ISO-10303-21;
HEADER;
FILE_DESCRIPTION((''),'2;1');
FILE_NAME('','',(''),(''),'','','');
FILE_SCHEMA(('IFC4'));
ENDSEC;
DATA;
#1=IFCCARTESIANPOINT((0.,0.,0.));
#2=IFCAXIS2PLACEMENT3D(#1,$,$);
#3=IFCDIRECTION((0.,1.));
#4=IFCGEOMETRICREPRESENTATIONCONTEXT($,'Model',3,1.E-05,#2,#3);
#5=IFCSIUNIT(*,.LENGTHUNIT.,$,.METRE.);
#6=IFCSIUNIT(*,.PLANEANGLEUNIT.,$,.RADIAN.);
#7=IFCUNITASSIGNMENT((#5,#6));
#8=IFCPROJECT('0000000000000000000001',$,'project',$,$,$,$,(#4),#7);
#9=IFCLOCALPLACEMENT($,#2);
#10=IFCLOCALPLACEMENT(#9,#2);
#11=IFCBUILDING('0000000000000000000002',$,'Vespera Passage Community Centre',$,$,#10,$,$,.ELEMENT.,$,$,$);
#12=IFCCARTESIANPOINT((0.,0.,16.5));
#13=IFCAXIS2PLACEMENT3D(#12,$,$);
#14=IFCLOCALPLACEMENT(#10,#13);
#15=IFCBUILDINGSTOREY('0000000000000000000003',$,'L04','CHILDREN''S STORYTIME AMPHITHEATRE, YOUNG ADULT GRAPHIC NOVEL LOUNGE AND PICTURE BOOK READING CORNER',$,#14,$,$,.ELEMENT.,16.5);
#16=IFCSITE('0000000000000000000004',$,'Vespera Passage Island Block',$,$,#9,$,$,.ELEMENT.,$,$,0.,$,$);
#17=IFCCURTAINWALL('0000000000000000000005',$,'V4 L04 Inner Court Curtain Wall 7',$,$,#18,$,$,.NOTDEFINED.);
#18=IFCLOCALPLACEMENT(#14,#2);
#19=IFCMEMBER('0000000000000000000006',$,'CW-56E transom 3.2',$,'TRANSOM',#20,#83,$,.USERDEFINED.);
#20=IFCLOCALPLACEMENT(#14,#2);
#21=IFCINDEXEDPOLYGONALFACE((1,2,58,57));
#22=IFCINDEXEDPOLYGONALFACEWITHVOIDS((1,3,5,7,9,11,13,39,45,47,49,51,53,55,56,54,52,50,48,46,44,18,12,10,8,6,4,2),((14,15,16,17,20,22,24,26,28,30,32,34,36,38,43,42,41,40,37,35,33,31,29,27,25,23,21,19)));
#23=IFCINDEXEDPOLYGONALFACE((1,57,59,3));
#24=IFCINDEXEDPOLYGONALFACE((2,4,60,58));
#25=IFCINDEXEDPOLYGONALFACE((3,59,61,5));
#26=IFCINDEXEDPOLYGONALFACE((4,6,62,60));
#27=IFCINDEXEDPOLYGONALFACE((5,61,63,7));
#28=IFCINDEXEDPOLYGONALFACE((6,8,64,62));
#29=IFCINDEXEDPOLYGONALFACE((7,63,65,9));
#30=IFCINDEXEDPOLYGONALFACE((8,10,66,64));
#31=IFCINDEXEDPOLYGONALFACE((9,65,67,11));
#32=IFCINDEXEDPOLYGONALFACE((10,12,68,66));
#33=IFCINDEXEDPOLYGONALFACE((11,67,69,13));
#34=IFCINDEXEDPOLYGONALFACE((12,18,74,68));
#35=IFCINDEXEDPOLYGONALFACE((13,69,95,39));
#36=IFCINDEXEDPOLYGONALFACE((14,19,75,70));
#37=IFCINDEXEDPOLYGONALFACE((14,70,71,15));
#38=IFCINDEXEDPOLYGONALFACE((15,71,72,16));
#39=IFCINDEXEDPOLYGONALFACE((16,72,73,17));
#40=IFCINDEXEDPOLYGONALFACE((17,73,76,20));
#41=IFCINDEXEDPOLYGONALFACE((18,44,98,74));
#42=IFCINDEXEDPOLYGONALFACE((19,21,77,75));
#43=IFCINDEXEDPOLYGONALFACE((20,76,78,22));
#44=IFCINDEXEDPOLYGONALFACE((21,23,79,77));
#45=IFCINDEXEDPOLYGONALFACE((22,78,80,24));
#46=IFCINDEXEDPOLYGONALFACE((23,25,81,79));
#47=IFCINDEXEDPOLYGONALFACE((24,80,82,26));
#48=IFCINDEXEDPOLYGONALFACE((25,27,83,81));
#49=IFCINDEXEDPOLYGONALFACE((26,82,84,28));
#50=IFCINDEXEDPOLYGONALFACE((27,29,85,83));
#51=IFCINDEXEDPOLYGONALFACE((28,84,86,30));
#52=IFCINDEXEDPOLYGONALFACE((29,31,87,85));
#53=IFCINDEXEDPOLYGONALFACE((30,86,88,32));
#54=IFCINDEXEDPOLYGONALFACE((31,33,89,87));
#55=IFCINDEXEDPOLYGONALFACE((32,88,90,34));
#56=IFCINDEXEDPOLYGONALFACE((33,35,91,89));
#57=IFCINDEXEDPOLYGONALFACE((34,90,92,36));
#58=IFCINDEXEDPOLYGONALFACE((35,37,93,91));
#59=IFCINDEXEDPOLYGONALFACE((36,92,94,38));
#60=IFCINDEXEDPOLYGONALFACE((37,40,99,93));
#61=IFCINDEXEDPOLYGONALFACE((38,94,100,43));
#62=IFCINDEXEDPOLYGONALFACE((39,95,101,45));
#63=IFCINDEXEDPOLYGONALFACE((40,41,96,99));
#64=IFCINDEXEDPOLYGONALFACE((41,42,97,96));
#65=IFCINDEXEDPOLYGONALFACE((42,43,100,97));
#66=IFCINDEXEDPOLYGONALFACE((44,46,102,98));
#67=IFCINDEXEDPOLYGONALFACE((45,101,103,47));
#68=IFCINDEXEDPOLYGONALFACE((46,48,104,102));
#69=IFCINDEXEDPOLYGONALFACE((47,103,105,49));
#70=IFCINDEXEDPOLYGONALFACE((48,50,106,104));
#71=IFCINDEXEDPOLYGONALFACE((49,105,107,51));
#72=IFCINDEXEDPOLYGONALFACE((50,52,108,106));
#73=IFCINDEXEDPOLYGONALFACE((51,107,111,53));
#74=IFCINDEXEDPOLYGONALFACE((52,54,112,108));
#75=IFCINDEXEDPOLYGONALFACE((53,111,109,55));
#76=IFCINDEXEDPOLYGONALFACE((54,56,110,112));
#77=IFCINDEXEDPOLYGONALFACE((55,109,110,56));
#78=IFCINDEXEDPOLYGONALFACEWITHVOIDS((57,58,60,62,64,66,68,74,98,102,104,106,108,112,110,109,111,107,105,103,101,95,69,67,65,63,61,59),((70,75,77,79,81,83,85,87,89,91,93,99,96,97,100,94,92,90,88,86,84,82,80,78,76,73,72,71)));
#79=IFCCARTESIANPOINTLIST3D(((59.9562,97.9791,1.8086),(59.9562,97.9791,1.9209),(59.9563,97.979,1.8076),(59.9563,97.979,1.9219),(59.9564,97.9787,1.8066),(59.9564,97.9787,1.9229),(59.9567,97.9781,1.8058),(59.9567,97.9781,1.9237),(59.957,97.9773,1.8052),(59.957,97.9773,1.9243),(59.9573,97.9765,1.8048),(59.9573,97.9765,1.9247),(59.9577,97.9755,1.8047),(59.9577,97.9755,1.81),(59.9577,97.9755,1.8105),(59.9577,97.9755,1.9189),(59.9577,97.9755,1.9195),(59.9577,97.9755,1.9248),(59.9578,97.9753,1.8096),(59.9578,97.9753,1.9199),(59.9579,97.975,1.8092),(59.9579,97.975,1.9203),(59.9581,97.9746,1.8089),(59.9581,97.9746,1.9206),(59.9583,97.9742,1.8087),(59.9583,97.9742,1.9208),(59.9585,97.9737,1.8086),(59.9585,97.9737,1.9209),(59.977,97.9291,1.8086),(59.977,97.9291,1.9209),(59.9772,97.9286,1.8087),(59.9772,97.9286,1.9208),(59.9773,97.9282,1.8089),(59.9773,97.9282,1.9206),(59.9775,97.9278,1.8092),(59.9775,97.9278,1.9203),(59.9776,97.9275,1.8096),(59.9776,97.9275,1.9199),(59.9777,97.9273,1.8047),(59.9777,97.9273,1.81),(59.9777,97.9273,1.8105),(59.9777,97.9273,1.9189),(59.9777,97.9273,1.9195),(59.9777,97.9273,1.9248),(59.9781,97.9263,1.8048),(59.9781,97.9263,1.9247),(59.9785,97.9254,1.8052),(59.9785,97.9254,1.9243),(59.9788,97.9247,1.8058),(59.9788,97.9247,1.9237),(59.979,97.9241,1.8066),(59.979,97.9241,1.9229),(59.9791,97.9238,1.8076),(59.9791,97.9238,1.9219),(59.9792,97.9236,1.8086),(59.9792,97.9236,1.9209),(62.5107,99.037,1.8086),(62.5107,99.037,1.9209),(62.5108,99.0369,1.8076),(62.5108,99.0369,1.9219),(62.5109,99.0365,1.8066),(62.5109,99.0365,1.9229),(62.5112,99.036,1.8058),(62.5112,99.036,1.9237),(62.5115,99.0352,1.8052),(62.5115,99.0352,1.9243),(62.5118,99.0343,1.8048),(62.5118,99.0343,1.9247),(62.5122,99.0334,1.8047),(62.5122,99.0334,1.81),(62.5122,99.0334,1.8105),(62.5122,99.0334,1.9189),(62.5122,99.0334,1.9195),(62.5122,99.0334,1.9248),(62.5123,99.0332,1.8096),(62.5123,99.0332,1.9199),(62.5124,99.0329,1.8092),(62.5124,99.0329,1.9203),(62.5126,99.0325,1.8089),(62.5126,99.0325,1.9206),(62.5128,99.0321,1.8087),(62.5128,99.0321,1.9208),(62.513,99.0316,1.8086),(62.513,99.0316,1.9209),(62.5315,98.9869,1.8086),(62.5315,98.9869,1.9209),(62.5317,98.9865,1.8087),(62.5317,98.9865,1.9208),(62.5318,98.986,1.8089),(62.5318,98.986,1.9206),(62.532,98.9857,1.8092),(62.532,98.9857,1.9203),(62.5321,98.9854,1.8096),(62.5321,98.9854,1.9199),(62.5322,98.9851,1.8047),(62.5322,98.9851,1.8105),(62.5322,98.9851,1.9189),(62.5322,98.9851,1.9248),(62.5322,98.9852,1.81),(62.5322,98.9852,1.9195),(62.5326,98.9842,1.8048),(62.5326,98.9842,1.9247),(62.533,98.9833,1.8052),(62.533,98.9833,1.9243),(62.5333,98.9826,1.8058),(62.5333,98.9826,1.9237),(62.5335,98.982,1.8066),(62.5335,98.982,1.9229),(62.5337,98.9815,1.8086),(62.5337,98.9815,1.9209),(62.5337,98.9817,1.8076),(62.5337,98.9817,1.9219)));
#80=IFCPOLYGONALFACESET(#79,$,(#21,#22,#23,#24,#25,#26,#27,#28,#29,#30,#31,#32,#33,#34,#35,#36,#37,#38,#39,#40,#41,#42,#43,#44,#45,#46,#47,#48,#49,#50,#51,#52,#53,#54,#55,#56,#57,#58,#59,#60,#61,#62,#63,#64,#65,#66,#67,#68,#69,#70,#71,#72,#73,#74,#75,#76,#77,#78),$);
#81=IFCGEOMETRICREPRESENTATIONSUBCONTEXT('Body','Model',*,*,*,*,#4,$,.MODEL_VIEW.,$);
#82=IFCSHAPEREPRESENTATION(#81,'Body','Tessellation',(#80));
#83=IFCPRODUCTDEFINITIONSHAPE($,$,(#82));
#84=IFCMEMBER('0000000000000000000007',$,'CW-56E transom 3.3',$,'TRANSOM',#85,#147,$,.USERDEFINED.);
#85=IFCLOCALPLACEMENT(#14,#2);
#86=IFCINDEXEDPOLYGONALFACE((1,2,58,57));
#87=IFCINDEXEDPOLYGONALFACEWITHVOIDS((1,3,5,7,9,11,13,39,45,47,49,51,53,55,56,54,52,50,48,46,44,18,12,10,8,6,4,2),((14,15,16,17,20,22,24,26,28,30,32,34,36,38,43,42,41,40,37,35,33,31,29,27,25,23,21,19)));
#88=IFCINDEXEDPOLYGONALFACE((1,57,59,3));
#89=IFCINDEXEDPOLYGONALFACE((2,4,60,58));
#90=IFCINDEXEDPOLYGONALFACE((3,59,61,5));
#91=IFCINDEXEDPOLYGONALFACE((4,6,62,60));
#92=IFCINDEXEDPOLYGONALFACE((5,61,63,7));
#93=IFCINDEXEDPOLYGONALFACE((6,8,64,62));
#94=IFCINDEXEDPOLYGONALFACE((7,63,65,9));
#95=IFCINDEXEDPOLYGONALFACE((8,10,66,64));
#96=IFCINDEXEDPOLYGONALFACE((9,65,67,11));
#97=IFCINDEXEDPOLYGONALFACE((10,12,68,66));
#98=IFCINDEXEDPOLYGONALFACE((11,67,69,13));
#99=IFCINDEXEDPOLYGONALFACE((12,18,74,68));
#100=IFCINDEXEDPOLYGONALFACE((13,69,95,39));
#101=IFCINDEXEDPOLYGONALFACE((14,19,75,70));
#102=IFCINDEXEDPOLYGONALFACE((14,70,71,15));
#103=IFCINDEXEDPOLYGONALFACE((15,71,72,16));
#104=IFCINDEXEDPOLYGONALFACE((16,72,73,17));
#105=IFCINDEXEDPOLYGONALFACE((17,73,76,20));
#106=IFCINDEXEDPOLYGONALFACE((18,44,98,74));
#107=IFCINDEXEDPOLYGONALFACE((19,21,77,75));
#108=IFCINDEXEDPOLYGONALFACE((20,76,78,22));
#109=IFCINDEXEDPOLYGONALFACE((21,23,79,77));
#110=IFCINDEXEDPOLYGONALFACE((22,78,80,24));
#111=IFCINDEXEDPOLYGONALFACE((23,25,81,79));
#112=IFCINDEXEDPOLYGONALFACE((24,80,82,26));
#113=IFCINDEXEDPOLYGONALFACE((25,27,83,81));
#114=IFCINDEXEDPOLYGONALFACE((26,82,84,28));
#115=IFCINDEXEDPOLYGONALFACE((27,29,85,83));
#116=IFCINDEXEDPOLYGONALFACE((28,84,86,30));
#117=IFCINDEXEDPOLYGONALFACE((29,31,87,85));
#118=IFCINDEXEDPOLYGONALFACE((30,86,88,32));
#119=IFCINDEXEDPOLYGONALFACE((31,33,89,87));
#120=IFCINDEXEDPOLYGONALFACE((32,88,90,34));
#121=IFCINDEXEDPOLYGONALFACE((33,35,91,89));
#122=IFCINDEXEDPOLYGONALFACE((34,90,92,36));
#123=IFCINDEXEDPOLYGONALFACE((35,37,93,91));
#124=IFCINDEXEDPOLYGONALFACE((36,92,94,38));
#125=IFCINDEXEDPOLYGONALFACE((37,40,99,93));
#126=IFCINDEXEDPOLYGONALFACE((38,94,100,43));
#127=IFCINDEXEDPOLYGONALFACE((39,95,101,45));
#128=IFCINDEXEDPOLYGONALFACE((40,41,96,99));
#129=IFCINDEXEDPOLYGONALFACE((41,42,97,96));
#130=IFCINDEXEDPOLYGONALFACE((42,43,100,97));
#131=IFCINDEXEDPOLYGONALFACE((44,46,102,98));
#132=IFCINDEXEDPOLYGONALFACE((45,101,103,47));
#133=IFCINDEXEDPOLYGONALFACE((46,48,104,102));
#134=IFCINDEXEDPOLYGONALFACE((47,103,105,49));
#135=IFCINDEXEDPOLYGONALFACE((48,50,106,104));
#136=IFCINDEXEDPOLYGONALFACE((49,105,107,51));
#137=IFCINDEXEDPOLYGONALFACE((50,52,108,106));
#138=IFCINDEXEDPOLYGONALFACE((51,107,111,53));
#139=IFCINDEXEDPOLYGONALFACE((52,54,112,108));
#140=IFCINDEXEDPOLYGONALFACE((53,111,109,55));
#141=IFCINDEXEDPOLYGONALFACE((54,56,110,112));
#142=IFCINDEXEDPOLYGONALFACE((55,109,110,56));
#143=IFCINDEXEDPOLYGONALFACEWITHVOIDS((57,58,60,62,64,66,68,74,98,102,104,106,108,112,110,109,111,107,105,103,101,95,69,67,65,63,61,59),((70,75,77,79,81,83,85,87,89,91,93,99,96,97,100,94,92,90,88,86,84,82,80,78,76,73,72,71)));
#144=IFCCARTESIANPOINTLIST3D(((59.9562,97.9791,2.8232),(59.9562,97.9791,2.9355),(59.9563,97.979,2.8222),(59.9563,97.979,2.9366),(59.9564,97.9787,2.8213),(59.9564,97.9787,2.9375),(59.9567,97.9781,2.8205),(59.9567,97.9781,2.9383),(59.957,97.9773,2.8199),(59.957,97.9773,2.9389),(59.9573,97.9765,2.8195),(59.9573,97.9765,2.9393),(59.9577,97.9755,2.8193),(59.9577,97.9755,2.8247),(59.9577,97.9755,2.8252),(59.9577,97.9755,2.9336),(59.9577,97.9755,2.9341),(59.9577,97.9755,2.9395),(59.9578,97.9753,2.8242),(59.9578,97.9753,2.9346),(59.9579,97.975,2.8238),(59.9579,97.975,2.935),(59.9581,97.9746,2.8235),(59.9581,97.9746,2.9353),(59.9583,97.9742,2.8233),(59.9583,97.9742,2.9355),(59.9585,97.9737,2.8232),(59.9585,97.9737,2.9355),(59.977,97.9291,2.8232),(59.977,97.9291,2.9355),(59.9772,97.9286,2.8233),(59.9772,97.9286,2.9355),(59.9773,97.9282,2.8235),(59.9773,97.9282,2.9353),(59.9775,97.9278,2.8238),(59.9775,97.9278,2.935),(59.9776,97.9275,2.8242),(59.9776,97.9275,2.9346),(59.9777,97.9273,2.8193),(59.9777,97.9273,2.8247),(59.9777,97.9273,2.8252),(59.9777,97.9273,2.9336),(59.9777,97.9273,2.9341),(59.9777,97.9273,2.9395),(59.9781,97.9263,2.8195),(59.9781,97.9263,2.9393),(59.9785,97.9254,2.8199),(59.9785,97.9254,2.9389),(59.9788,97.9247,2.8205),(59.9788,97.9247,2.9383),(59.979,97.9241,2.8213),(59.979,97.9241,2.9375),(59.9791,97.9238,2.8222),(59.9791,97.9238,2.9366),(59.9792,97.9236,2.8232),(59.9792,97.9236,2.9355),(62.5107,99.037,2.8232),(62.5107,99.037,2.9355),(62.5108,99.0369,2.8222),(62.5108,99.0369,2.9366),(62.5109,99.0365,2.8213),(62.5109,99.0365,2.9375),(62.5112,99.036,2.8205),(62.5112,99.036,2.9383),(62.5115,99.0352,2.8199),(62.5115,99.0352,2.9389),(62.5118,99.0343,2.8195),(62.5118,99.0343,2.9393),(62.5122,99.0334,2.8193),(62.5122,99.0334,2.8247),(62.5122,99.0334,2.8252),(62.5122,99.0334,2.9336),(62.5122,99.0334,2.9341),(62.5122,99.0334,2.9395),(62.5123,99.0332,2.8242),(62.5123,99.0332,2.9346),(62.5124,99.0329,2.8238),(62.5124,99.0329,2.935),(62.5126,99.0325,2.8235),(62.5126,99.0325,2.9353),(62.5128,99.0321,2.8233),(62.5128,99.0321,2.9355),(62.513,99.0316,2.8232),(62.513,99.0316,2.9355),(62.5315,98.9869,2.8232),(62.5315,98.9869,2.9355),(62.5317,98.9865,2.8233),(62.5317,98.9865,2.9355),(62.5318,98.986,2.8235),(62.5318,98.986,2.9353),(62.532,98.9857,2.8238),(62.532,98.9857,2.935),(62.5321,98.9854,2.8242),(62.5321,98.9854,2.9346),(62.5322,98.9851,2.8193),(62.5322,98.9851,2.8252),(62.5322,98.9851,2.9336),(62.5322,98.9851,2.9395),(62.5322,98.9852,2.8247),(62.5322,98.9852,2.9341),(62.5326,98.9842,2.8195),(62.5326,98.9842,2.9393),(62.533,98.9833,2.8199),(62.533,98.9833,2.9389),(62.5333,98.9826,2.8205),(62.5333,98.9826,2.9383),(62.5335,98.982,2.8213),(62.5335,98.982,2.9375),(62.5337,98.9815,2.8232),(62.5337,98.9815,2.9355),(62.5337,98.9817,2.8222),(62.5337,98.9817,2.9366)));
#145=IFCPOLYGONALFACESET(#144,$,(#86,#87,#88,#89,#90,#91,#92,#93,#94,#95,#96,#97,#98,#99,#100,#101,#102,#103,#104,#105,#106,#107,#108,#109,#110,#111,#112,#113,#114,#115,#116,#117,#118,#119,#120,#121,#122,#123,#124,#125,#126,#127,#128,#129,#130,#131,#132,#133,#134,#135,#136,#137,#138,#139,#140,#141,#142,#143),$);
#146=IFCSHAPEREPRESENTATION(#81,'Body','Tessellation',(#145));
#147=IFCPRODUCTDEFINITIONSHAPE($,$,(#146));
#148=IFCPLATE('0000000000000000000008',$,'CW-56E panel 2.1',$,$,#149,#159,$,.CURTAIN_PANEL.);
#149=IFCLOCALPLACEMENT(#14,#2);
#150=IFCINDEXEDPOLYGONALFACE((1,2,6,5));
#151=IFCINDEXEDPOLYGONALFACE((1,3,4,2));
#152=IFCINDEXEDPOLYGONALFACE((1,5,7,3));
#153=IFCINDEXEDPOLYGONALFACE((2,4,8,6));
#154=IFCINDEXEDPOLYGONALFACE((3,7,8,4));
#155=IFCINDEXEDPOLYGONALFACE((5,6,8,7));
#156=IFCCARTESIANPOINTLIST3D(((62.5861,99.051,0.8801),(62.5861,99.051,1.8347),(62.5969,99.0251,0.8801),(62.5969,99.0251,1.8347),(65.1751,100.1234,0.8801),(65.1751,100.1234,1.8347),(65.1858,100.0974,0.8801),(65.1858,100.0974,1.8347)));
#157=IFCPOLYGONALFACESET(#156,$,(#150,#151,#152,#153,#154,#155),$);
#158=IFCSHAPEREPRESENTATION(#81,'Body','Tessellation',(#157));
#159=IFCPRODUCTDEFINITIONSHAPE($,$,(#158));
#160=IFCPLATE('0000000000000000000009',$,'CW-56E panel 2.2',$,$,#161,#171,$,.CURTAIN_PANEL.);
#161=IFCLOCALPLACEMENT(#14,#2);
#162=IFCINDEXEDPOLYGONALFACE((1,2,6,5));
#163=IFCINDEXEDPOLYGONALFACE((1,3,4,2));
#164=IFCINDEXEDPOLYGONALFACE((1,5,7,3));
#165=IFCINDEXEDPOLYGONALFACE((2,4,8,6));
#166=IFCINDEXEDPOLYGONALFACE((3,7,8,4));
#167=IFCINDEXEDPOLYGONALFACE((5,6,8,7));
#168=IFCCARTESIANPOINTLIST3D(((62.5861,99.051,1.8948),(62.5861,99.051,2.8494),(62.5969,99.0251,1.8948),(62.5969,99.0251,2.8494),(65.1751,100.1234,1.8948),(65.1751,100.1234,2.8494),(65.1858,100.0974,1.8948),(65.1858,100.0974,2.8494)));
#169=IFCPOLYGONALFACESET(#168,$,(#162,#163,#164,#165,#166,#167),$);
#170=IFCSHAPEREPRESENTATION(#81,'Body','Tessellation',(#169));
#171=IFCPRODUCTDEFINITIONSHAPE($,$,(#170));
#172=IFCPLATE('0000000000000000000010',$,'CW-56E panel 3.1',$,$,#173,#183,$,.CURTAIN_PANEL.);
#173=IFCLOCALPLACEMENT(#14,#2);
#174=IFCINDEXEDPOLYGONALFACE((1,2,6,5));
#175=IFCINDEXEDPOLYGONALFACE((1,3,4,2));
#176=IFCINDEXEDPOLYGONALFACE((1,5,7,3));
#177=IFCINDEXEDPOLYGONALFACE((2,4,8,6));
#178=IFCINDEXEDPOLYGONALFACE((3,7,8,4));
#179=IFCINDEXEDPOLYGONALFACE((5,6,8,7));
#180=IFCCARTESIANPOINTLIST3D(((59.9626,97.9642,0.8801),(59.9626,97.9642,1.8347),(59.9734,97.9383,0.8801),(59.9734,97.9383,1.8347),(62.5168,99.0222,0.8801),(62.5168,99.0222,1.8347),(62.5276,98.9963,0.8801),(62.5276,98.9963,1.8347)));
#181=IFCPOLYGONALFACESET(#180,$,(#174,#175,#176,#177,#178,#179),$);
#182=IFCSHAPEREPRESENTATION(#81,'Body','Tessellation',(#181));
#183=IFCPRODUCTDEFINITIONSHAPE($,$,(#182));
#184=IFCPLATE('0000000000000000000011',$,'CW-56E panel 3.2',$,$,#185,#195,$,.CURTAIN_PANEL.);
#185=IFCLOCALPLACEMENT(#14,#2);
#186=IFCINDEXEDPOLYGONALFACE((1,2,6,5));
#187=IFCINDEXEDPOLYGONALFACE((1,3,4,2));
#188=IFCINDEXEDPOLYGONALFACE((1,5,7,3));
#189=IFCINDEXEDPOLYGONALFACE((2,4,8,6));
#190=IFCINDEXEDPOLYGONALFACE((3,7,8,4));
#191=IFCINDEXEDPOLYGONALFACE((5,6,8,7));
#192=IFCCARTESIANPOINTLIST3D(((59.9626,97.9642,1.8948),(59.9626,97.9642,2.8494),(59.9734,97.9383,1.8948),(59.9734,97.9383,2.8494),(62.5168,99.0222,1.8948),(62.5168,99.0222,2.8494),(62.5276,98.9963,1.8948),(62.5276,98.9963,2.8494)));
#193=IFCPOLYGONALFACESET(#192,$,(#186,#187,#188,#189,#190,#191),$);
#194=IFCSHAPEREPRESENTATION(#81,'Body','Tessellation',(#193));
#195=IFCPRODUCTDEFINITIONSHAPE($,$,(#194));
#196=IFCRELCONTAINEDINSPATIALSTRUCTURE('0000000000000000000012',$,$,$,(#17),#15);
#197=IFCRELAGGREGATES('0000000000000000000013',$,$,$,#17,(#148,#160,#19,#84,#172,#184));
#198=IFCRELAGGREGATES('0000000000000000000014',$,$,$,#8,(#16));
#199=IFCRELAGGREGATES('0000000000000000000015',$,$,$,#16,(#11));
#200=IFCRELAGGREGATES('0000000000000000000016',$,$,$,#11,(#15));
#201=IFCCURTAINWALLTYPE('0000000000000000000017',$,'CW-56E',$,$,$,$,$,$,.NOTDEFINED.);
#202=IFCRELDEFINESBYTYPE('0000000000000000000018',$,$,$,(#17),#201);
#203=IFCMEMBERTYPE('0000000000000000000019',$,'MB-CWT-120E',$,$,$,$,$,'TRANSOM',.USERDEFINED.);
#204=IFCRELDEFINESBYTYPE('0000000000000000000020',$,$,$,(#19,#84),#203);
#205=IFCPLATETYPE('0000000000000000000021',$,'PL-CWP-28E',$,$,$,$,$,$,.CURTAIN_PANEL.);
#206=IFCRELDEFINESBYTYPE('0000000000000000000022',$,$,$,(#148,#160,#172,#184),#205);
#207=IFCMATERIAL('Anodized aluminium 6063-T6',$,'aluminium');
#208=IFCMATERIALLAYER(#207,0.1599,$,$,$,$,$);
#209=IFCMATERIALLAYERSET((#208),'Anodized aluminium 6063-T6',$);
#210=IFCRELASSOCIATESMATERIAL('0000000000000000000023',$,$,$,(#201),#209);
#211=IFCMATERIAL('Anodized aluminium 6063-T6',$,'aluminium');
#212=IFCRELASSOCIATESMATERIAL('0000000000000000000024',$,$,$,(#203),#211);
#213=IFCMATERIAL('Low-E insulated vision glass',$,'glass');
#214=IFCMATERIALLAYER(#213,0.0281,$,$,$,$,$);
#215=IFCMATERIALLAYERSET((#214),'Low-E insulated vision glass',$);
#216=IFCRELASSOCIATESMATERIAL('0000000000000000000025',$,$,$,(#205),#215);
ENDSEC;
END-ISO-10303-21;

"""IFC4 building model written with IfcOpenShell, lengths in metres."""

from ifc_helpers import new_model, si_unit, direction, frame, origin, origin_2d, place, context, subcontext, project, spatial, rectangle, hollow_rectangle, extrude, material, layer, layer_set, material_profile, profile_set, type_object, element, aggregate, save


model = new_model("IFC4")

# Units and contexts
model_context = context("Model", 3, precision=1e-05, world=origin(), true_north=direction((0.0, 1.0)))
body_context = subcontext(model_context, "Body", "Model", "MODEL_VIEW")
ifc_project = project(units=[si_unit("LENGTHUNIT", "METRE"), si_unit("PLANEANGLEUNIT", "RADIAN")], contexts=[model_context])

# Site, building, storey
site_placement = place(None, origin())
site = spatial("IfcSite", under=ifc_project, at=site_placement, Name="Vespera Passage Island Block", CompositionType="ELEMENT", RefElevation=0.0)
building_placement = place(site_placement, origin())
building = spatial("IfcBuilding", under=site, at=building_placement, Name="Vespera Passage Community Centre", CompositionType="ELEMENT")
storey_placement = place(building_placement, frame((0.0, 0.0, 16.5)))
storey = spatial("IfcBuildingStorey", under=building, at=storey_placement, Name="L04", Description="CHILDREN'S STORYTIME AMPHITHEATRE, YOUNG ADULT GRAPHIC NOVEL LOUNGE AND PICTURE BOOK READING CORNER", CompositionType="ELEMENT", Elevation=16.5)

# Curtain wall
ifc_material_1 = material(Name="Anodized aluminium 6063-T6", Category="aluminium")
ifc_layer_1 = layer(ifc_material_1, 0.1599)
ifc_layer_set_1 = layer_set([ifc_layer_1], Name="Anodized aluminium 6063-T6")
curtain_wall_type_1 = type_object("IfcCurtainWallType", Name="CW-56E", PredefinedType="NOTDEFINED", material=ifc_layer_set_1)
curtain_wall_1_placement = place(storey_placement, origin())
curtain_wall_1 = element("IfcCurtainWall", 1, at=curtain_wall_1_placement, inside=storey, type_object=curtain_wall_type_1, Name="V4 L04 Inner Court Curtain Wall 7", PredefinedType="NOTDEFINED")

# Members
ifc_material_2 = material(Name="Anodized aluminium 6063-T6", Category="aluminium")
ifc_material_profile_1 = material_profile(ifc_material_2, hollow_rectangle(XDim=0.0601, YDim=0.1201, WallThickness=0.0039, InnerFilletRadius=0.002, OuterFilletRadius=0.0039, at=origin_2d()), Name="ALU120X60X4")
ifc_profile_set_1 = profile_set([ifc_material_profile_1], Name="Anodized aluminium 6063-T6")
member_type_1 = type_object("IfcMemberType", Name="MB-CWT-120E", ElementType="TRANSOM", PredefinedType="USERDEFINED", material=ifc_profile_set_1)
member_1_placement = place(storey_placement, frame((62.5222, 99.0093, 1.8647), z_axis=(-0.923908, -0.382614, 0.0), x_axis=(0.382614, -0.923908, 0.0)))
member_1 = element("IfcMember", 2, at=member_1_placement, type_object=member_type_1, Name="CW-56E transom 3.2", ObjectType="TRANSOM", PredefinedType="USERDEFINED", context=body_context, shape_type="SweptSolid", body=[
    extrude(hollow_rectangle(XDim=0.0601, YDim=0.1201, WallThickness=0.0039, InnerFilletRadius=0.002, OuterFilletRadius=0.0039, at=origin_2d()), origin(), (0.0, 0.0, 1.0), 2.7649),
])
member_2_placement = place(storey_placement, frame((62.5222, 99.0093, 2.8794), z_axis=(-0.923908, -0.382614, 0.0), x_axis=(0.382614, -0.923908, 0.0)))
member_2 = element("IfcMember", 3, at=member_2_placement, type_object=member_type_1, Name="CW-56E transom 3.3", ObjectType="TRANSOM", PredefinedType="USERDEFINED", context=body_context, shape_type="SweptSolid", body=[
    extrude(hollow_rectangle(XDim=0.0601, YDim=0.1201, WallThickness=0.0039, InnerFilletRadius=0.002, OuterFilletRadius=0.0039, at=origin_2d()), origin(), (0.0, 0.0, 1.0), 2.7649),
])

# Plates
ifc_material_3 = material(Name="Low-E insulated vision glass", Category="glass")
ifc_layer_2 = layer(ifc_material_3, 0.0281)
ifc_layer_set_2 = layer_set([ifc_layer_2], Name="Low-E insulated vision glass")
plate_type_1 = type_object("IfcPlateType", Name="PL-CWP-28E", PredefinedType="CURTAIN_PANEL", material=ifc_layer_set_2)
plate_1_placement = place(storey_placement, frame((63.886, 99.5742, 0.8801), z_axis=(0.0, 0.0, 1.0), x_axis=(-0.923877, -0.38269, 0.0)))
plate_1 = element("IfcPlate", 4, at=plate_1_placement, type_object=plate_type_1, Name="CW-56E panel 2.1", PredefinedType="CURTAIN_PANEL", context=body_context, shape_type="SweptSolid", body=[
    extrude(rectangle(XDim=2.8022, YDim=0.0281, at=origin_2d()), origin(), (0.0, 0.0, 1.0), 0.9546),
])
plate_2_placement = place(storey_placement, frame((63.886, 99.5742, 1.8948), z_axis=(0.0, 0.0, 1.0), x_axis=(-0.923877, -0.38269, 0.0)))
plate_2 = element("IfcPlate", 5, at=plate_2_placement, type_object=plate_type_1, Name="CW-56E panel 2.2", PredefinedType="CURTAIN_PANEL", context=body_context, shape_type="SweptSolid", body=[
    extrude(rectangle(XDim=2.8022, YDim=0.0281, at=origin_2d()), origin(), (0.0, 0.0, 1.0), 0.9546),
])
plate_3_placement = place(storey_placement, frame((61.2451, 98.4802, 0.8801), z_axis=(0.0, 0.0, 1.0), x_axis=(-0.923877, -0.38269, 0.0)))
plate_3 = element("IfcPlate", 6, at=plate_3_placement, type_object=plate_type_1, Name="CW-56E panel 3.1", PredefinedType="CURTAIN_PANEL", context=body_context, shape_type="SweptSolid", body=[
    extrude(rectangle(XDim=2.7646, YDim=0.0281, at=origin_2d()), origin(), (0.0, 0.0, 1.0), 0.9546),
])
plate_4_placement = place(storey_placement, frame((61.2451, 98.4802, 1.8948), z_axis=(0.0, 0.0, 1.0), x_axis=(-0.923877, -0.38269, 0.0)))
plate_4 = element("IfcPlate", 7, at=plate_4_placement, type_object=plate_type_1, Name="CW-56E panel 3.2", PredefinedType="CURTAIN_PANEL", context=body_context, shape_type="SweptSolid", body=[
    extrude(rectangle(XDim=2.7646, YDim=0.0281, at=origin_2d()), origin(), (0.0, 0.0, 1.0), 0.9546),
])
aggregate(curtain_wall_1, [plate_1, plate_2, member_1, member_2, plate_3, plate_4])

save(model, "model.ifc")
